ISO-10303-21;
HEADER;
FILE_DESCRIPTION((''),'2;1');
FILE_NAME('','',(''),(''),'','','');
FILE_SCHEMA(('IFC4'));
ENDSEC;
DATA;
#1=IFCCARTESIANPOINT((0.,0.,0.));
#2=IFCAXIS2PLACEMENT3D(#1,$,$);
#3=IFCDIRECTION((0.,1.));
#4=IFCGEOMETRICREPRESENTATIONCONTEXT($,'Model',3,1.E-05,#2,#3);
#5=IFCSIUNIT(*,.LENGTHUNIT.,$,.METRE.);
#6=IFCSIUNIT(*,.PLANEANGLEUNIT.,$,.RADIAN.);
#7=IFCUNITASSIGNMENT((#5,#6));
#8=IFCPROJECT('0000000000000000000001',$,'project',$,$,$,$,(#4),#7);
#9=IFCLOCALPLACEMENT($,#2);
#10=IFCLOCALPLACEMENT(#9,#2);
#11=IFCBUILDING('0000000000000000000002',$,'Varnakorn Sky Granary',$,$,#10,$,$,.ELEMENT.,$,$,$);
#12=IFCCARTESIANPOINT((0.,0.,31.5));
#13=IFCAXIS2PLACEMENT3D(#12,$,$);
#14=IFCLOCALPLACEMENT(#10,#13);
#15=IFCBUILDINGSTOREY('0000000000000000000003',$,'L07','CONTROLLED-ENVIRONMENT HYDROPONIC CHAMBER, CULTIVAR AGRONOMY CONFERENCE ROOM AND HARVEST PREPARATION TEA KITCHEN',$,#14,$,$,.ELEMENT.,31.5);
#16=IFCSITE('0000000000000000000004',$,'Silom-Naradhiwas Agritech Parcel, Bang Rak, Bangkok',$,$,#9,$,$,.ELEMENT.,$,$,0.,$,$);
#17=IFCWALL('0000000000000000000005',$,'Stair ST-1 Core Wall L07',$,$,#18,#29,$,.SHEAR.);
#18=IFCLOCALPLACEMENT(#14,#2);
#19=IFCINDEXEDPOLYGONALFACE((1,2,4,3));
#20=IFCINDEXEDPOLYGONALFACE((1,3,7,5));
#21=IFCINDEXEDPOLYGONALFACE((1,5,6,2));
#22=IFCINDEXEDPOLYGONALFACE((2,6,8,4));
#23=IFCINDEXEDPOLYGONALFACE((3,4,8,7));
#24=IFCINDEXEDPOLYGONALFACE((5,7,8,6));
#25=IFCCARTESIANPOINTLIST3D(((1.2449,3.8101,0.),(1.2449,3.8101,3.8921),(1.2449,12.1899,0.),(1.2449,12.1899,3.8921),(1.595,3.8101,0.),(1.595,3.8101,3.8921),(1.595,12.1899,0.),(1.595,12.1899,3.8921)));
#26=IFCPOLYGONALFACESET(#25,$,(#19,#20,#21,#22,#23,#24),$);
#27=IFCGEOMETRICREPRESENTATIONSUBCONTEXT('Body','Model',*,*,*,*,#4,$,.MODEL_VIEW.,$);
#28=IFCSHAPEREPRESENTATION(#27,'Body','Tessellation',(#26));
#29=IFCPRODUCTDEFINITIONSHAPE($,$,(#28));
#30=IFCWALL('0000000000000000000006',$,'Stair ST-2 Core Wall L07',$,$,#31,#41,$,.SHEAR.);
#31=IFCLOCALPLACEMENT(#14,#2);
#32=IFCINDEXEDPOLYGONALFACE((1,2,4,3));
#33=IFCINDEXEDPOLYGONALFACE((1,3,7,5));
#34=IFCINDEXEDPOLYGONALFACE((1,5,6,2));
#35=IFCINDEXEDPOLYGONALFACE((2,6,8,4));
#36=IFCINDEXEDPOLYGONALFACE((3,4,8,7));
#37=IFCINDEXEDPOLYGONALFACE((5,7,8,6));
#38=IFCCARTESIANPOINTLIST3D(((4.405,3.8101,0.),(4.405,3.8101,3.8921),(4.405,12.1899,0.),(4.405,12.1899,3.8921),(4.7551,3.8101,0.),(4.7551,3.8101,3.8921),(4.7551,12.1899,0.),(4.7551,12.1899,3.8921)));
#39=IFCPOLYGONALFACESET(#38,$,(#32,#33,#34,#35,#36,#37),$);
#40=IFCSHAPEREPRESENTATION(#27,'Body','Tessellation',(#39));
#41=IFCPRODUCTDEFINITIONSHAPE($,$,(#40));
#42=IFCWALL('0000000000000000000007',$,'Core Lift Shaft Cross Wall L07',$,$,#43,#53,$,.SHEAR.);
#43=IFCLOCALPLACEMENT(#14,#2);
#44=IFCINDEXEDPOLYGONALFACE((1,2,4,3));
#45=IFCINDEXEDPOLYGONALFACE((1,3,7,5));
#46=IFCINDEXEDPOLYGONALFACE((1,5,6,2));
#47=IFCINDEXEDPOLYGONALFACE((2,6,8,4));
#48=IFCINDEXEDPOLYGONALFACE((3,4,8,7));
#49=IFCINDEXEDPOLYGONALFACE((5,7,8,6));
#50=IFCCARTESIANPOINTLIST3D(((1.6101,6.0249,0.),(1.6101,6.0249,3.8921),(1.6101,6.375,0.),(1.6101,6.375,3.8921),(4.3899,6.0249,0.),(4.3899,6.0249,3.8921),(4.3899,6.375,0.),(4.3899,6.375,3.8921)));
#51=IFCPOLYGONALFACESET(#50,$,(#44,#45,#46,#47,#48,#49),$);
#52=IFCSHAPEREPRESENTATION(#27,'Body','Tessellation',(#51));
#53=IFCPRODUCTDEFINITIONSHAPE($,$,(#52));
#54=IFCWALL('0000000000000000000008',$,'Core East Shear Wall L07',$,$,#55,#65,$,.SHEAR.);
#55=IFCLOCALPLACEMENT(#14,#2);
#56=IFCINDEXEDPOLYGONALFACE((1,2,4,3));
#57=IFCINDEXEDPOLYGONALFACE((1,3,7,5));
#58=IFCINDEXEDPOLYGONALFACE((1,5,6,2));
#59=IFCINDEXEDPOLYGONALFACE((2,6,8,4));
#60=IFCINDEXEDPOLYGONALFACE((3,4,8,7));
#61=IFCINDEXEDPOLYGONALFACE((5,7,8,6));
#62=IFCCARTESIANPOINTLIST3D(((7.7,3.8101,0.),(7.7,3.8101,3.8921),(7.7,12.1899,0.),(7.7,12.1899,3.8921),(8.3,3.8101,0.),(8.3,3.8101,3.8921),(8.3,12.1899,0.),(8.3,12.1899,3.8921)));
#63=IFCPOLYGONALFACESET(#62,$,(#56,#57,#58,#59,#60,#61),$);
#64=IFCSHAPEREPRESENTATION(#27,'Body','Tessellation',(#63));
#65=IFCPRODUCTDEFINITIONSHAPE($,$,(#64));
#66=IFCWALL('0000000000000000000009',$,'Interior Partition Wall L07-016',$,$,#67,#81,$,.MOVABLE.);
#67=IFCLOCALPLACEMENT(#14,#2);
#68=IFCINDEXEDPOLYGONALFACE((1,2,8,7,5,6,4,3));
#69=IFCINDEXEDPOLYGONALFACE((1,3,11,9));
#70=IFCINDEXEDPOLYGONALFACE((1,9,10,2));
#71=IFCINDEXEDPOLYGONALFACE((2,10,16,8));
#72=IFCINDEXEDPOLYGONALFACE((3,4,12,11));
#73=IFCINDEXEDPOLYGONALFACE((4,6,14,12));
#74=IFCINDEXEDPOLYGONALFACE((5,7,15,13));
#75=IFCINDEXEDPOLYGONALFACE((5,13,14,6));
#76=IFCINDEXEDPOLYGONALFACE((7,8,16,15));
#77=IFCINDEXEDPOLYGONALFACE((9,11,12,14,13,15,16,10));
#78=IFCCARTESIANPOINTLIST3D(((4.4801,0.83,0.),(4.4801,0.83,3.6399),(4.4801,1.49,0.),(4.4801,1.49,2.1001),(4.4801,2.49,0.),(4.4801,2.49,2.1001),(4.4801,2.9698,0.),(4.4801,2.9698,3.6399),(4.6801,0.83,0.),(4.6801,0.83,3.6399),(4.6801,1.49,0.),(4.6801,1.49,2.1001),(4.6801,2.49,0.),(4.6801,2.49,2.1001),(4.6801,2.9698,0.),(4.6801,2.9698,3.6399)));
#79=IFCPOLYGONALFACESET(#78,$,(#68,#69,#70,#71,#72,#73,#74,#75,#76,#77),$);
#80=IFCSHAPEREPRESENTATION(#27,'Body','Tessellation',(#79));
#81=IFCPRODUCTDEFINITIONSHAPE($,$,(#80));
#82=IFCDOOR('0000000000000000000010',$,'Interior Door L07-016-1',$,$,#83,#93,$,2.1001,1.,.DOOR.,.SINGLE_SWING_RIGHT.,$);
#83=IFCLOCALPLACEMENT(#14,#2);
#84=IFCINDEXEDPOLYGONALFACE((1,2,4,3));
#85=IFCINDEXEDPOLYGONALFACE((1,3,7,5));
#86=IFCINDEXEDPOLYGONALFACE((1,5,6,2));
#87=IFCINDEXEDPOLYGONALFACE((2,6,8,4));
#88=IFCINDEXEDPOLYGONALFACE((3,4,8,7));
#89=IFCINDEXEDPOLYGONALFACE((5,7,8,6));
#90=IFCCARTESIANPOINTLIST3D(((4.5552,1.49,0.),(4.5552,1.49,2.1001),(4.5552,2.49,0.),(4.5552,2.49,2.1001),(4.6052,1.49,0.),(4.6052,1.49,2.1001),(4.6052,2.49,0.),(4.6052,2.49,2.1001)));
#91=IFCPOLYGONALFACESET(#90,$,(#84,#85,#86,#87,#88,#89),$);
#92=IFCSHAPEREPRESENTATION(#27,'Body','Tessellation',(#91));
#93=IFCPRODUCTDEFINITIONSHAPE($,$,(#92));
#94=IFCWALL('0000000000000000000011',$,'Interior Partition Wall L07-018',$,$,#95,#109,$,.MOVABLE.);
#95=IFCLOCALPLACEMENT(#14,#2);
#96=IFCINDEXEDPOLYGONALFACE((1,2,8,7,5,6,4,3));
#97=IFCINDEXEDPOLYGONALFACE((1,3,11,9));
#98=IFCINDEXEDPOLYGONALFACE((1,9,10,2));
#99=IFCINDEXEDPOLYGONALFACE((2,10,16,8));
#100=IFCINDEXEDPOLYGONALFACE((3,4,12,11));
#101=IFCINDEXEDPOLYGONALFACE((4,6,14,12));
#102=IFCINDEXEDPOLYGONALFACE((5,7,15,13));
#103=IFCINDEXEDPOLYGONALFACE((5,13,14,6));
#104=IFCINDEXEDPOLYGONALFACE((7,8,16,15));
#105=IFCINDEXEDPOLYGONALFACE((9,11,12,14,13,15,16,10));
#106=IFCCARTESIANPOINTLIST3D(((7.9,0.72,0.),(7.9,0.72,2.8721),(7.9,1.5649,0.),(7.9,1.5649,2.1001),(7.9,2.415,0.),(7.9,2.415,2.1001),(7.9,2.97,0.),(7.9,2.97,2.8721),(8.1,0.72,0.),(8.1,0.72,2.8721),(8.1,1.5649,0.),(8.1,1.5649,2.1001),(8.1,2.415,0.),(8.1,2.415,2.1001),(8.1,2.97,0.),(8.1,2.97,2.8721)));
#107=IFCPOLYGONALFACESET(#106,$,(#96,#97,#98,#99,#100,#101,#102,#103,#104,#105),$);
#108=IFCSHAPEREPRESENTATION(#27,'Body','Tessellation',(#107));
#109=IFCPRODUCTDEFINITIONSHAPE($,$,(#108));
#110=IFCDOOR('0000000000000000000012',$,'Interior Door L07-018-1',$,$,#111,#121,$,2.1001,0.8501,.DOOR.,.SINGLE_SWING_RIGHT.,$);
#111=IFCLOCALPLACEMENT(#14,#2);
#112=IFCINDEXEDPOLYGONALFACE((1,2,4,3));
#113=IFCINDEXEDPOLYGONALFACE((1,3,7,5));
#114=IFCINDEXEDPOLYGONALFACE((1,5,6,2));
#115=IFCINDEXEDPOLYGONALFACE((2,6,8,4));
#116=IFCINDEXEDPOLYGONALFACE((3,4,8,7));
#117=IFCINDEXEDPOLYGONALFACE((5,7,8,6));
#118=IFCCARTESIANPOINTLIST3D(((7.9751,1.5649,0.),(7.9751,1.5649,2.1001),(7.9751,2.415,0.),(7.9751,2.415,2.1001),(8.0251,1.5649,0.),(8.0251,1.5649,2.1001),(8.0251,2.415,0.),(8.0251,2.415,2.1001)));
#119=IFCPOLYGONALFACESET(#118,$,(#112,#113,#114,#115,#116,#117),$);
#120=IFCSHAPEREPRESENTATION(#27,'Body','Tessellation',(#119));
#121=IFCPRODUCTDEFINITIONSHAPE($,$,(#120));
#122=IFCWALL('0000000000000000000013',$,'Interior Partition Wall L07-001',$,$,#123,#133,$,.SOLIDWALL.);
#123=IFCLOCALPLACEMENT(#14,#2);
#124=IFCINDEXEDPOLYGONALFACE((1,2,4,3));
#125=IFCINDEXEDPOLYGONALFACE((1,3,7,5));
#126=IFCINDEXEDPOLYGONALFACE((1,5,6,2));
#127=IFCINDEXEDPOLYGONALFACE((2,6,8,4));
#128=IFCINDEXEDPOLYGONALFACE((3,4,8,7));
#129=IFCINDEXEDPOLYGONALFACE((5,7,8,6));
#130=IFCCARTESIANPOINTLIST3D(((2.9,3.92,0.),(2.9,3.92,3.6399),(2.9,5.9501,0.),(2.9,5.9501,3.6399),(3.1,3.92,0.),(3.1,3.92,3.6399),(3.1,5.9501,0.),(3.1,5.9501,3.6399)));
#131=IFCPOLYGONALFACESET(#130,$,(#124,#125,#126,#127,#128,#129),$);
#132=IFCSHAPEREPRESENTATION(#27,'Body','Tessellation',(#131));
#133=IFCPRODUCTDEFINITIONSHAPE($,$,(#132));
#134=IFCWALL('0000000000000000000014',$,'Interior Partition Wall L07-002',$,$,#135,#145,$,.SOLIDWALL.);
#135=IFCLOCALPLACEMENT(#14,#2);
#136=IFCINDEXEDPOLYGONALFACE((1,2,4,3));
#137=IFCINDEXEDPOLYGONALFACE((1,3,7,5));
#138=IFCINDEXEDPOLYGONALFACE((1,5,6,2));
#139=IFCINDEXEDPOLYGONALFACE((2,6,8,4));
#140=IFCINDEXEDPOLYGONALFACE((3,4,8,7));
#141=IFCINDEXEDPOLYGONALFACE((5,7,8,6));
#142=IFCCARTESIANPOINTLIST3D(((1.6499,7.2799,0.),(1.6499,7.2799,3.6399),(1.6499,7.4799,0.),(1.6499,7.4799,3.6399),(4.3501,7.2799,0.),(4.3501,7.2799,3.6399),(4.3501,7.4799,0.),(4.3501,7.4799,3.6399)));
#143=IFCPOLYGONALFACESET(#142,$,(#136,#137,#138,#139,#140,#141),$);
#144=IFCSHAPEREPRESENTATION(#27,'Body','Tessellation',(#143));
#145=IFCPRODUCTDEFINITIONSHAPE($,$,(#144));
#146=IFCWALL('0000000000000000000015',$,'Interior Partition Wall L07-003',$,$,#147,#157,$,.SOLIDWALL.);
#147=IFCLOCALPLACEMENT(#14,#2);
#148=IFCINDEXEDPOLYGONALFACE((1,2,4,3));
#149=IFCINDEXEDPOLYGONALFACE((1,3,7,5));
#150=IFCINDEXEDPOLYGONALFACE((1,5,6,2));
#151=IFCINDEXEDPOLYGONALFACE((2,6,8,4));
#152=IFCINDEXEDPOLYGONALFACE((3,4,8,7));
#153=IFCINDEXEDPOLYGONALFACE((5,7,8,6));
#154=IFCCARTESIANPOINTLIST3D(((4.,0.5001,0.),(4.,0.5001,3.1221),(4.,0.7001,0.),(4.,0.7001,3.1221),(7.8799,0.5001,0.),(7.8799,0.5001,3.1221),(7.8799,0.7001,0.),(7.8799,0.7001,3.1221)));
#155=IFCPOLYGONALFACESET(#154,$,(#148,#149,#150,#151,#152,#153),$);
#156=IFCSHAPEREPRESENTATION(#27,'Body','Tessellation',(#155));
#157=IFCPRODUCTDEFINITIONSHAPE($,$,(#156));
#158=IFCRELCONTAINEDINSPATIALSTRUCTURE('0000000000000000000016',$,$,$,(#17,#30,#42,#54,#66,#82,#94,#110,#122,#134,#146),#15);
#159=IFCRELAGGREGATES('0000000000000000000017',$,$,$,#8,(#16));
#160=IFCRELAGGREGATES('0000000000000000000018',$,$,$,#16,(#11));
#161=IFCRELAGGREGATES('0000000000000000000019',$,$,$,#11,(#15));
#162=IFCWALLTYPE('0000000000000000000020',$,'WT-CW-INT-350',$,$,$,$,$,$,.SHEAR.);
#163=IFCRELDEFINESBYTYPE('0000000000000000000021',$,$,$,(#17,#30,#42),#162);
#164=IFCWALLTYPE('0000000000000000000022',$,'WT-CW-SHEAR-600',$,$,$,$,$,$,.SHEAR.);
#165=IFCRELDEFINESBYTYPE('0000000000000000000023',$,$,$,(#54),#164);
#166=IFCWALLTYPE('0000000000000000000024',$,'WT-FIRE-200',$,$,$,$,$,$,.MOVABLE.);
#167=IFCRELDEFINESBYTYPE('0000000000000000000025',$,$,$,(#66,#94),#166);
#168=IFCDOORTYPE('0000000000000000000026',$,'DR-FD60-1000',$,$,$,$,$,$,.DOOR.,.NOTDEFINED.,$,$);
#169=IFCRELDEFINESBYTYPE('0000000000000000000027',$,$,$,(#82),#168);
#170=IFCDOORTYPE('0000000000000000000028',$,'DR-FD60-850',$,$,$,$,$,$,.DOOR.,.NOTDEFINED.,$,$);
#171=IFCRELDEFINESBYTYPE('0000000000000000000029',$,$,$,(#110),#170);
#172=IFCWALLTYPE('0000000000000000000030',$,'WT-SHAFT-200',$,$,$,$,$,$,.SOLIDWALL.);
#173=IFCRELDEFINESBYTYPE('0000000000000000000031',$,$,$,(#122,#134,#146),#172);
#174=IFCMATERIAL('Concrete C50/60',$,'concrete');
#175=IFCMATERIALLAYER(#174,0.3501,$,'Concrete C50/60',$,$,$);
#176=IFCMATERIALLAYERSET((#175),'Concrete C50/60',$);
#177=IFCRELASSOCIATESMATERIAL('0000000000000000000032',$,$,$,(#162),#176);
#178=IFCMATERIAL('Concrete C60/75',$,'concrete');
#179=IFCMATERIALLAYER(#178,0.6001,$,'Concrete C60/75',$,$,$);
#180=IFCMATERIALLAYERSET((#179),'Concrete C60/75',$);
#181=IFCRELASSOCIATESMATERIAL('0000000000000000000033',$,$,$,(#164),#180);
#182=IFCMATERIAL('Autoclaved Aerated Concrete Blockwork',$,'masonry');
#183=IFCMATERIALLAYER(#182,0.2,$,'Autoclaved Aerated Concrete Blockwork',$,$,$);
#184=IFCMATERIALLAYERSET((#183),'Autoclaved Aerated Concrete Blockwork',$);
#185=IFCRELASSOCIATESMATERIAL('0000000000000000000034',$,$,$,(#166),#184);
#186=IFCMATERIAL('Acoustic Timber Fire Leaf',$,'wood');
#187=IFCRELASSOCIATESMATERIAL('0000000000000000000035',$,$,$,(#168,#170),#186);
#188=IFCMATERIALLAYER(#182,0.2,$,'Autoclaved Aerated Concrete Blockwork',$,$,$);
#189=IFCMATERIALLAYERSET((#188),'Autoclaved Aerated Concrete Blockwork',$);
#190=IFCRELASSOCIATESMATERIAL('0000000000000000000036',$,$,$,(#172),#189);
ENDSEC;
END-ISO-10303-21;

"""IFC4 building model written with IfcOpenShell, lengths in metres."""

from ifc_helpers import new_model, si_unit, direction, frame, frame_2d, origin, place, context, subcontext, project, spatial, rectangle, extrude, material, layer, layer_set, type_object, element, fill, save


model = new_model("IFC4")

# Units and contexts
model_context = context("Model", 3, precision=1e-05, world=origin(), true_north=direction((0.0, 1.0)))
body_context = subcontext(model_context, "Body", "Model", "MODEL_VIEW")
ifc_project = project(units=[si_unit("LENGTHUNIT", "METRE"), si_unit("PLANEANGLEUNIT", "RADIAN")], contexts=[model_context])

# Site, building, storey
site_placement = place(None, origin())
site = spatial("IfcSite", under=ifc_project, at=site_placement, Name="Silom-Naradhiwas Agritech Parcel, Bang Rak, Bangkok", CompositionType="ELEMENT", RefElevation=0.0)
building_placement = place(site_placement, origin())
building = spatial("IfcBuilding", under=site, at=building_placement, Name="Varnakorn Sky Granary", CompositionType="ELEMENT")
storey_placement = place(building_placement, frame((0.0, 0.0, 31.5)))
storey = spatial("IfcBuildingStorey", under=building, at=storey_placement, Name="L07", Description="CONTROLLED-ENVIRONMENT HYDROPONIC CHAMBER, CULTIVAR AGRONOMY CONFERENCE ROOM AND HARVEST PREPARATION TEA KITCHEN", CompositionType="ELEMENT", Elevation=31.5)

# Walls
ifc_material_1 = material(Name="Concrete C50/60", Category="concrete")
ifc_layer_1 = layer(ifc_material_1, 0.3501, Name="Concrete C50/60")
ifc_layer_set_1 = layer_set([ifc_layer_1], Name="Concrete C50/60")
wall_type_1 = type_object("IfcWallType", Name="WT-CW-INT-350", PredefinedType="SHEAR", material=ifc_layer_set_1)
for number, where, z_axis, x_axis, name in (
    (1, (1.4199, 3.8101, 0.0), (0.0, 0.0, 1.0), (0.0, 1.0, 0.0), "Stair ST-1 Core Wall L07"),
    (2, (4.5801, 3.8101, 0.0), (0.0, 0.0, 1.0), (0.0, 1.0, 0.0), "Stair ST-2 Core Wall L07"),
):
    element("IfcWall", number, at=place(storey_placement, frame(where, z_axis=z_axis, x_axis=x_axis)), inside=storey, type_object=wall_type_1, Name=name, PredefinedType="SHEAR", context=body_context, shape_type="SweptSolid", body=[
        extrude(rectangle(XDim=8.3799, YDim=0.3501, at=frame_2d((4.1899, 0.0))), origin(), (0.0, 0.0, 1.0), 3.8921),
    ])
wall_1_placement = place(storey_placement, frame((1.6101, 6.2, 0.0), z_axis=(0.0, 0.0, 1.0), x_axis=(1.0, 0.0, 0.0)))
element("IfcWall", 3, at=wall_1_placement, inside=storey, type_object=wall_type_1, Name="Core Lift Shaft Cross Wall L07", PredefinedType="SHEAR", context=body_context, shape_type="SweptSolid", body=[
    extrude(rectangle(XDim=2.7798, YDim=0.3501, at=frame_2d((1.3899, 0.0))), origin(), (0.0, 0.0, 1.0), 3.8921),
])
ifc_material_2 = material(Name="Concrete C60/75", Category="concrete")
ifc_layer_2 = layer(ifc_material_2, 0.6001, Name="Concrete C60/75")
ifc_layer_set_2 = layer_set([ifc_layer_2], Name="Concrete C60/75")
wall_type_2 = type_object("IfcWallType", Name="WT-CW-SHEAR-600", PredefinedType="SHEAR", material=ifc_layer_set_2)
wall_2_placement = place(storey_placement, frame((8.0, 3.8101, 0.0), z_axis=(0.0, 0.0, 1.0), x_axis=(0.0, 1.0, 0.0)))
element("IfcWall", 4, at=wall_2_placement, inside=storey, type_object=wall_type_2, Name="Core East Shear Wall L07", PredefinedType="SHEAR", context=body_context, shape_type="SweptSolid", body=[
    extrude(rectangle(XDim=8.3799, YDim=0.6001, at=frame_2d((4.1899, 0.0))), origin(), (0.0, 0.0, 1.0), 3.8921),
])

# Walls, openings, doors
ifc_material_3 = material(Name="Autoclaved Aerated Concrete Blockwork", Category="masonry")
ifc_layer_3 = layer(ifc_material_3, 0.2, Name="Autoclaved Aerated Concrete Blockwork")
ifc_layer_set_3 = layer_set([ifc_layer_3], Name="Autoclaved Aerated Concrete Blockwork")
wall_type_3 = type_object("IfcWallType", Name="WT-FIRE-200", PredefinedType="MOVABLE", material=ifc_layer_set_3)
wall_3_placement = place(storey_placement, frame((4.5801, 0.8301, 0.0), z_axis=(0.0, 0.0, 1.0), x_axis=(0.0, 1.0, 0.0)))
wall_3 = element("IfcWall", 5, at=wall_3_placement, inside=storey, type_object=wall_type_3, Name="Interior Partition Wall L07-016", PredefinedType="MOVABLE", context=body_context, shape_type="SweptSolid", body=[
    extrude(rectangle(XDim=2.1399, YDim=0.2, at=frame_2d((1.0698, 0.0))), origin(), (0.0, 0.0, 1.0), 3.6399),
])
opening_1_placement = place(wall_3_placement, frame((0.6599, 0.0, 0.0)))
opening_1 = element("IfcOpeningElement", 6, at=opening_1_placement, cuts=wall_3, PredefinedType="OPENING", context=body_context, shape_type="SweptSolid", body=[
    extrude(rectangle(XDim=1.0, YDim=2.1001, at=frame_2d((0.5, 1.05))), frame((0.0, 0.1099, 0.0), z_axis=(0.0, -1.0, 0.0), x_axis=(1.0, 0.0, 0.0)), (0.0, 0.0, 1.0), 0.22),
])
ifc_material_4 = material(Name="Acoustic Timber Fire Leaf", Category="wood")
door_type_1 = type_object("IfcDoorType", Name="DR-FD60-1000", OperationType="NOTDEFINED", PredefinedType="DOOR", material=ifc_material_4)
door_1_placement = place(opening_1_placement, origin())
door_1 = element("IfcDoor", 7, at=door_1_placement, inside=storey, type_object=door_type_1, Name="Interior Door L07-016-1", OperationType="SINGLE_SWING_RIGHT", OverallHeight=2.1001, OverallWidth=1.0, PredefinedType="DOOR", context=body_context, shape_type="SweptSolid", body=[
    extrude(rectangle(XDim=1.0, YDim=2.1001, at=frame_2d((0.5, 1.05))), frame((0.0, 0.0249, 0.0), z_axis=(0.0, -1.0, 0.0), x_axis=(1.0, 0.0, 0.0)), (0.0, 0.0, 1.0), 0.05),
])
fill(opening_1, door_1)
wall_4_placement = place(storey_placement, frame((8.0, 0.72, 0.0), z_axis=(0.0, 0.0, 1.0), x_axis=(0.0, 1.0, 0.0)))
wall_4 = element("IfcWall", 8, at=wall_4_placement, inside=storey, type_object=wall_type_3, Name="Interior Partition Wall L07-018", PredefinedType="MOVABLE", context=body_context, shape_type="SweptSolid", body=[
    extrude(rectangle(XDim=2.25, YDim=0.2, at=frame_2d((1.125, 0.0))), origin(), (0.0, 0.0, 1.0), 2.8721),
])
opening_2_placement = place(wall_4_placement, frame((0.845, 0.0, 0.0)))
opening_2 = element("IfcOpeningElement", 9, at=opening_2_placement, cuts=wall_4, PredefinedType="OPENING", context=body_context, shape_type="SweptSolid", body=[
    extrude(rectangle(XDim=0.8501, YDim=2.1001, at=frame_2d((0.425, 1.05))), frame((0.0, 0.1099, 0.0), z_axis=(0.0, -1.0, 0.0), x_axis=(1.0, 0.0, 0.0)), (0.0, 0.0, 1.0), 0.22),
])
door_type_2 = type_object("IfcDoorType", Name="DR-FD60-850", OperationType="NOTDEFINED", PredefinedType="DOOR", material=ifc_material_4)
door_2_placement = place(opening_2_placement, origin())
door_2 = element("IfcDoor", 10, at=door_2_placement, inside=storey, type_object=door_type_2, Name="Interior Door L07-018-1", OperationType="SINGLE_SWING_RIGHT", OverallHeight=2.1001, OverallWidth=0.8501, PredefinedType="DOOR", context=body_context, shape_type="SweptSolid", body=[
    extrude(rectangle(XDim=0.8501, YDim=2.1001, at=frame_2d((0.425, 1.05))), frame((0.0, 0.0249, 0.0), z_axis=(0.0, -1.0, 0.0), x_axis=(1.0, 0.0, 0.0)), (0.0, 0.0, 1.0), 0.05),
])
fill(opening_2, door_2)

# Walls
ifc_layer_4 = layer(ifc_material_3, 0.2, Name="Autoclaved Aerated Concrete Blockwork")
ifc_layer_set_4 = layer_set([ifc_layer_4], Name="Autoclaved Aerated Concrete Blockwork")
wall_type_4 = type_object("IfcWallType", Name="WT-SHAFT-200", PredefinedType="SOLIDWALL", material=ifc_layer_set_4)
wall_5_placement = place(storey_placement, frame((3.0, 3.9199, 0.0), z_axis=(0.0, 0.0, 1.0), x_axis=(0.0, 1.0, 0.0)))
element("IfcWall", 11, at=wall_5_placement, inside=storey, type_object=wall_type_4, Name="Interior Partition Wall L07-001", PredefinedType="SOLIDWALL", context=body_context, shape_type="SweptSolid", body=[
    extrude(rectangle(XDim=2.03, YDim=0.2, at=frame_2d((1.0151, 0.0))), origin(), (0.0, 0.0, 1.0), 3.6399),
])
wall_6_placement = place(storey_placement, frame((1.6499, 7.3799, 0.0), z_axis=(0.0, 0.0, 1.0), x_axis=(1.0, 0.0, 0.0)))
element("IfcWall", 12, at=wall_6_placement, inside=storey, type_object=wall_type_4, Name="Interior Partition Wall L07-002", PredefinedType="SOLIDWALL", context=body_context, shape_type="SweptSolid", body=[
    extrude(rectangle(XDim=2.7002, YDim=0.2, at=frame_2d((1.3501, 0.0))), origin(), (0.0, 0.0, 1.0), 3.6399),
])
wall_7_placement = place(storey_placement, frame((4.0, 0.6001, 0.0), z_axis=(0.0, 0.0, 1.0), x_axis=(1.0, 0.0, 0.0)))
element("IfcWall", 13, at=wall_7_placement, inside=storey, type_object=wall_type_4, Name="Interior Partition Wall L07-003", PredefinedType="SOLIDWALL", context=body_context, shape_type="SweptSolid", body=[
    extrude(rectangle(XDim=3.8799, YDim=0.2, at=frame_2d((1.9399, 0.0))), origin(), (0.0, 0.0, 1.0), 3.1221),
])

save(model, "model.ifc")
